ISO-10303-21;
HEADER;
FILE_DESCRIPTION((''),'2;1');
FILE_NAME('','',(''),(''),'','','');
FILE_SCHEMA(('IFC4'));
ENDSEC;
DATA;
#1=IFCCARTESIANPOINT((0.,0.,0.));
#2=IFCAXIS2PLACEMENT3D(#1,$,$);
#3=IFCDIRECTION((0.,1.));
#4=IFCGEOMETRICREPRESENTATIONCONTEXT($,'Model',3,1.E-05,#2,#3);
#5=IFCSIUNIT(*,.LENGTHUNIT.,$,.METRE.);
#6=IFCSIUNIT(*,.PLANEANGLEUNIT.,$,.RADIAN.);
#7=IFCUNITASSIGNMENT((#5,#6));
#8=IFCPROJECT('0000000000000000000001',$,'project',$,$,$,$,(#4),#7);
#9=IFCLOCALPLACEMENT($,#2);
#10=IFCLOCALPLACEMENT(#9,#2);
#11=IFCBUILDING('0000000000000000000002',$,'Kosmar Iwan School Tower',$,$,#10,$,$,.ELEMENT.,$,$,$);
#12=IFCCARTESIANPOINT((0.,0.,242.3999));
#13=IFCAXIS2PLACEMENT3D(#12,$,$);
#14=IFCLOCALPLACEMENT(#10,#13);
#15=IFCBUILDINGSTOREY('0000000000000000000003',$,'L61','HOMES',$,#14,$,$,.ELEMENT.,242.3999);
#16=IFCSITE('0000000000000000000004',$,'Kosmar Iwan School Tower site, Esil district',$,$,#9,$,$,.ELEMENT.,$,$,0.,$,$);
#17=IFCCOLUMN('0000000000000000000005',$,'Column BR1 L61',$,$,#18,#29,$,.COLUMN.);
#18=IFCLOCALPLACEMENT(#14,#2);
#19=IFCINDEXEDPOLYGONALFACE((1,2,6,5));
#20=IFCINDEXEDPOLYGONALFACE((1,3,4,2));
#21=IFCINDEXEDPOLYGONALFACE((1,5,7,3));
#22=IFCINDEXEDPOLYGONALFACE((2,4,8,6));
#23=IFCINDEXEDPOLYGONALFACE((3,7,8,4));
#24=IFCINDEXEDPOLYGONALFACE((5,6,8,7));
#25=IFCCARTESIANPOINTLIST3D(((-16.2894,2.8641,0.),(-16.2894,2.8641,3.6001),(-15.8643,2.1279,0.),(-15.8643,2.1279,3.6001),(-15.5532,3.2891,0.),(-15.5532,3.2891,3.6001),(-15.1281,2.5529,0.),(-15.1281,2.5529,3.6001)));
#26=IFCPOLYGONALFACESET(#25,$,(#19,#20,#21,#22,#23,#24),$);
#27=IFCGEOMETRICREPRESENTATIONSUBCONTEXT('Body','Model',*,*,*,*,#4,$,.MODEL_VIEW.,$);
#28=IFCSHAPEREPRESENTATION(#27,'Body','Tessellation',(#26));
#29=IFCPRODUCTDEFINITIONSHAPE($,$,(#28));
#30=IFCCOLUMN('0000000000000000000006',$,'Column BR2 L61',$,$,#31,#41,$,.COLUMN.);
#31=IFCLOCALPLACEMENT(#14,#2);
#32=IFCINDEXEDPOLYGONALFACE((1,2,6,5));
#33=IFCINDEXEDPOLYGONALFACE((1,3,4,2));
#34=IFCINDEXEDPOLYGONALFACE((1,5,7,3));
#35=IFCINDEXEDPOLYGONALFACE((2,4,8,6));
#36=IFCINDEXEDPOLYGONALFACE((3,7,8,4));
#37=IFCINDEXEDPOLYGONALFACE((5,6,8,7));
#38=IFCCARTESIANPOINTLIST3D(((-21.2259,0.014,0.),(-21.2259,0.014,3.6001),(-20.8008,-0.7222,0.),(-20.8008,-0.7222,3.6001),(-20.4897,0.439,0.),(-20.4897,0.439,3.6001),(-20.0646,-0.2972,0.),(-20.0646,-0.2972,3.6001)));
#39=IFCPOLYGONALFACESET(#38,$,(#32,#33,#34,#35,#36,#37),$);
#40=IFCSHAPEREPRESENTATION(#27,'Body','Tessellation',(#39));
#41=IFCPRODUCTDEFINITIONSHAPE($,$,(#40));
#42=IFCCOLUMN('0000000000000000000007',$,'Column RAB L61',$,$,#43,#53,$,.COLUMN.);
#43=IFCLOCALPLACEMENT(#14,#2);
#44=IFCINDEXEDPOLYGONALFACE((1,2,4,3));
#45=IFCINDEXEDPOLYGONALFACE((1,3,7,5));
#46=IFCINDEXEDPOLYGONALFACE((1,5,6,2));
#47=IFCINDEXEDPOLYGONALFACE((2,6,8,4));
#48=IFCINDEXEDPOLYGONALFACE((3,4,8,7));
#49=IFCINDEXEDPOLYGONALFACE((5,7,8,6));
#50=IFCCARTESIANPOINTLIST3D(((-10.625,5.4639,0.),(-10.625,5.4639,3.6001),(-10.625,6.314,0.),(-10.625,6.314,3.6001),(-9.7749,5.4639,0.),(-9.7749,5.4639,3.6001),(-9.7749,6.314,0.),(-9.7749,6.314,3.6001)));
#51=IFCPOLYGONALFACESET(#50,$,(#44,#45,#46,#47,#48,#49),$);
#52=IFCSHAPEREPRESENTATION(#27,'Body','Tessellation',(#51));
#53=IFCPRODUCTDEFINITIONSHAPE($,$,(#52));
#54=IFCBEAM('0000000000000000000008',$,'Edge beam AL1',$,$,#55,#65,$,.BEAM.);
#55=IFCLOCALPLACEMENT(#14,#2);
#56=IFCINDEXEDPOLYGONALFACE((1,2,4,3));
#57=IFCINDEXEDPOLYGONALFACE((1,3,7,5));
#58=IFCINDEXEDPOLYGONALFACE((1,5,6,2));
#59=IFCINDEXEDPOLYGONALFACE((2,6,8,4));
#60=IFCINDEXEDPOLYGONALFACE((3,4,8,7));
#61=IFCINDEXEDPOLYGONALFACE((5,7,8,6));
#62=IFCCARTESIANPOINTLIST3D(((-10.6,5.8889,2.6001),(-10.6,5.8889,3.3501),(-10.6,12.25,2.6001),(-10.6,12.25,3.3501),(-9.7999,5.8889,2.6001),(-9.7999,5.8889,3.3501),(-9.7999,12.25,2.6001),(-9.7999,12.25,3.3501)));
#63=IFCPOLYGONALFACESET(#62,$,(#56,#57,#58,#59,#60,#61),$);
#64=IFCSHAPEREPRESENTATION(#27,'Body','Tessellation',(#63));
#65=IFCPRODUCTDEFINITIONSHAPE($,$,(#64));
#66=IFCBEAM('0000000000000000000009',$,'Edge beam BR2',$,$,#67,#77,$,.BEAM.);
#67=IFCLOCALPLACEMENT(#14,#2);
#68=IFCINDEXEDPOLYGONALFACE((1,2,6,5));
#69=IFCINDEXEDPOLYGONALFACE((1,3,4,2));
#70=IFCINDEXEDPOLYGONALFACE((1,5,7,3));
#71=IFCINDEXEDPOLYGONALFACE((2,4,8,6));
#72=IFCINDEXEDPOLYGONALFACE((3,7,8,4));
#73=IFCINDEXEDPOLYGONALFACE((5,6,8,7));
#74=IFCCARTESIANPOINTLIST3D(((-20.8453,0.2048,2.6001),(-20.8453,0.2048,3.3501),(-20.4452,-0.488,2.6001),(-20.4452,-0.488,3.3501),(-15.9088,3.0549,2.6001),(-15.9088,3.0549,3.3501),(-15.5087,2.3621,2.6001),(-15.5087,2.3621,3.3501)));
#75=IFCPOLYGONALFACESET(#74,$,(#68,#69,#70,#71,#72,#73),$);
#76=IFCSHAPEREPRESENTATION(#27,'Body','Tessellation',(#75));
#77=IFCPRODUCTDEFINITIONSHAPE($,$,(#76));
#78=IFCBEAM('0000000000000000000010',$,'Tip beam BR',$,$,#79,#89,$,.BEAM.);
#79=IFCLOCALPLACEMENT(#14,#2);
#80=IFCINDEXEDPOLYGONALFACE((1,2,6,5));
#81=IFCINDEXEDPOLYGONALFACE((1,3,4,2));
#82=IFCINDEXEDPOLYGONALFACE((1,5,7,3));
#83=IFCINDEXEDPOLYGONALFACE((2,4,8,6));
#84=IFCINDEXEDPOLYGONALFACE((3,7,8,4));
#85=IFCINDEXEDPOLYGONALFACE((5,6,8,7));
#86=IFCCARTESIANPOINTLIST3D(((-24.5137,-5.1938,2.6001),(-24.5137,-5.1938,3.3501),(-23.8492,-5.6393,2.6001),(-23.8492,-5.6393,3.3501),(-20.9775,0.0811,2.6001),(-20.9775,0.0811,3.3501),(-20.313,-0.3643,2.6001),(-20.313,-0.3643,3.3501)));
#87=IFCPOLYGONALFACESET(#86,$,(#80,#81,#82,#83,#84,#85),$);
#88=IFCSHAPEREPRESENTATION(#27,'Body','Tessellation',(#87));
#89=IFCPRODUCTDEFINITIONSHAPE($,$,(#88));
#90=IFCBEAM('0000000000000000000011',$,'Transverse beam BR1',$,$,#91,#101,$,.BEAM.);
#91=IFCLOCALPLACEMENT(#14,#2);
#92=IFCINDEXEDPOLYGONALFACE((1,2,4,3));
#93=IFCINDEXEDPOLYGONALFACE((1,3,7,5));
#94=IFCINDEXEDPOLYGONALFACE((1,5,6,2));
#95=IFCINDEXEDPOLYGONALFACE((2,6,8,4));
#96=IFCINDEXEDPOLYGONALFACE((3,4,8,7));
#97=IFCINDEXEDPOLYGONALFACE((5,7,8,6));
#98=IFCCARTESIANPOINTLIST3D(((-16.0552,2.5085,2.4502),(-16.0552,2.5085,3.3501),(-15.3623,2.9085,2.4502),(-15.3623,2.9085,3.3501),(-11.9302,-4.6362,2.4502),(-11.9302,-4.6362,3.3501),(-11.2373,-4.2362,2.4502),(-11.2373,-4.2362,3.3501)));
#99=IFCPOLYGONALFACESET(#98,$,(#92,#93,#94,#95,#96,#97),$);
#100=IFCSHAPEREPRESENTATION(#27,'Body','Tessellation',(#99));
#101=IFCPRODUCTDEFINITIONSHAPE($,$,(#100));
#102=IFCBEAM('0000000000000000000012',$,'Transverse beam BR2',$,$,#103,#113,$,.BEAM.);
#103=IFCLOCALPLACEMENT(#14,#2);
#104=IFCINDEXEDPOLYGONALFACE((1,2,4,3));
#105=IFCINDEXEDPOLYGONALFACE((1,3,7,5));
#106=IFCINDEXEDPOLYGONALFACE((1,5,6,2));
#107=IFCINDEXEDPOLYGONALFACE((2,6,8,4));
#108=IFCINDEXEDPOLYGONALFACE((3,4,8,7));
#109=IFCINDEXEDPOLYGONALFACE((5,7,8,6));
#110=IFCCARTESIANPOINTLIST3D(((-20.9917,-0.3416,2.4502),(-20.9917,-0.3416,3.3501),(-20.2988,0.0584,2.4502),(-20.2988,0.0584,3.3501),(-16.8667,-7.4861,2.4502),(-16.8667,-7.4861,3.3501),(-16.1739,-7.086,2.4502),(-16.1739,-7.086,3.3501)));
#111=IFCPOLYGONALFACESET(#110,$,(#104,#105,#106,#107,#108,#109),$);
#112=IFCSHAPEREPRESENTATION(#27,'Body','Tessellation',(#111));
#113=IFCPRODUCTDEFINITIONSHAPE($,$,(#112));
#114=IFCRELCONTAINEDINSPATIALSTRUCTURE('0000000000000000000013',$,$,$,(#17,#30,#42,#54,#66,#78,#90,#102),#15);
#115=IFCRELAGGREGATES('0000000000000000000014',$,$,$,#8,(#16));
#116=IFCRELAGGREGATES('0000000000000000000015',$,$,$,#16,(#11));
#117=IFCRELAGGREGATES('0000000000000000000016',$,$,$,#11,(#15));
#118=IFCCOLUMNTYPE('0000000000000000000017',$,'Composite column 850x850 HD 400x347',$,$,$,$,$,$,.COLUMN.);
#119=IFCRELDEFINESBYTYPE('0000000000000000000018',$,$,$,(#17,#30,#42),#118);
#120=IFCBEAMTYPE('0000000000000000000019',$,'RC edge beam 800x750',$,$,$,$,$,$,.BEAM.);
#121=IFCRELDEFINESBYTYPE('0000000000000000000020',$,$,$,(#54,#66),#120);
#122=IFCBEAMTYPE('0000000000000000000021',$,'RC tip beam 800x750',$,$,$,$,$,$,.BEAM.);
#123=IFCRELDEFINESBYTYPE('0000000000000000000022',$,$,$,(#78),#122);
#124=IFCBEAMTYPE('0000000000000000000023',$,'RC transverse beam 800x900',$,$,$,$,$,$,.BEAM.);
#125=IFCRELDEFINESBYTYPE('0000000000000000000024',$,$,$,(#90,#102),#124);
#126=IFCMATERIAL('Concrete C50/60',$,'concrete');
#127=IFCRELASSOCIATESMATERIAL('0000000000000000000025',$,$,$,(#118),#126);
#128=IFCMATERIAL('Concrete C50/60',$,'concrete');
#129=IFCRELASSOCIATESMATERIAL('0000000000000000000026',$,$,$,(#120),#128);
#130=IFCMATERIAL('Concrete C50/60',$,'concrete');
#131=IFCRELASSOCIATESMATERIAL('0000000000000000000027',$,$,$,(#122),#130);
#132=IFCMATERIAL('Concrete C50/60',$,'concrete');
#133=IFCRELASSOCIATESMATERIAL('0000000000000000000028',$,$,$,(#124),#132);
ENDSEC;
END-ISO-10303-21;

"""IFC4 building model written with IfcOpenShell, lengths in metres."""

from ifc_helpers import new_model, si_unit, direction, frame, origin, origin_2d, place, context, subcontext, project, spatial, rectangle, extrude, material, material_profile, profile_set, type_object, element, save


model = new_model("IFC4")

# Units and contexts
model_context = context("Model", 3, precision=1e-05, world=origin(), true_north=direction((0.0, 1.0)))
body_context = subcontext(model_context, "Body", "Model", "MODEL_VIEW")
ifc_project = project(units=[si_unit("LENGTHUNIT", "METRE"), si_unit("PLANEANGLEUNIT", "RADIAN")], contexts=[model_context])

# Site, building, storey
site_placement = place(None, origin())
site = spatial("IfcSite", under=ifc_project, at=site_placement, Name="Kosmar Iwan School Tower site, Esil district", CompositionType="ELEMENT", RefElevation=0.0)
building_placement = place(site_placement, origin())
building = spatial("IfcBuilding", under=site, at=building_placement, Name="Kosmar Iwan School Tower", CompositionType="ELEMENT")
storey_placement = place(building_placement, frame((0.0, 0.0, 242.3999)))
storey = spatial("IfcBuildingStorey", under=building, at=storey_placement, Name="L61", Description="HOMES", CompositionType="ELEMENT", Elevation=242.3999)

# Columns
ifc_material_1 = material(Name="Concrete C50/60", Category="concrete")
ifc_material_profile_1 = material_profile(ifc_material_1, rectangle(XDim=0.8501, YDim=0.8501, at=origin_2d()), Name="RC 850x850 + HD 400x347")
ifc_profile_set_1 = profile_set([ifc_material_profile_1], Name="Concrete C50/60")
column_type = type_object("IfcColumnType", Name="Composite column 850x850 HD 400x347", PredefinedType="COLUMN", material=ifc_profile_set_1)
for number, where, z_axis, x_axis, name in (
    (1, (-15.7087, 2.7085, 0.0), (0.0, 0.0, 1.0), (-0.866025, -0.5, 0.0), "Column BR1 L61"),
    (2, (-20.6453, -0.1416, 0.0), (0.0, 0.0, 1.0), (-0.866025, -0.5, 0.0), "Column BR2 L61"),
    (3, (-10.2, 5.8889, 0.0), (0.0, 0.0, 1.0), (1.0, 0.0, 0.0), "Column RAB L61"),
):
    element("IfcColumn", number, at=place(storey_placement, frame(where, z_axis=z_axis, x_axis=x_axis)), inside=storey, type_object=column_type, Name=name, PredefinedType="COLUMN", context=body_context, shape_type="SweptSolid", body=[
        extrude(rectangle(XDim=0.8501, YDim=0.8501, at=origin_2d()), origin(), (0.0, 0.0, 1.0), 3.6001),
    ])

# Beams
ifc_material_2 = material(Name="Concrete C50/60", Category="concrete")
ifc_material_profile_2 = material_profile(ifc_material_2, rectangle(XDim=0.8, YDim=0.75, at=origin_2d()), Name="RC 800x750")
ifc_profile_set_2 = profile_set([ifc_material_profile_2], Name="Concrete C50/60")
beam_type_1 = type_object("IfcBeamType", Name="RC edge beam 800x750", PredefinedType="BEAM", material=ifc_profile_set_2)
beam_1_placement = place(storey_placement, frame((-10.2, 5.8889, 2.9751), z_axis=(0.0, 1.0, 0.0), x_axis=(-1.0, 0.0, 0.0)))
element("IfcBeam", 4, at=beam_1_placement, inside=storey, type_object=beam_type_1, Name="Edge beam AL1", PredefinedType="BEAM", context=body_context, shape_type="SweptSolid", body=[
    extrude(rectangle(XDim=0.8, YDim=0.75, at=origin_2d()), origin(), (0.0, 0.0, 1.0), 6.3611),
])
beam_2_placement = place(storey_placement, frame((-15.7087, 2.7085, 2.9751), z_axis=(-0.866026, -0.499999, 0.0), x_axis=(0.499999, -0.866026, 0.0)))
element("IfcBeam", 5, at=beam_2_placement, inside=storey, type_object=beam_type_1, Name="Edge beam BR2", PredefinedType="BEAM", context=body_context, shape_type="SweptSolid", body=[
    extrude(rectangle(XDim=0.8, YDim=0.75, at=origin_2d()), origin(), (0.0, 0.0, 1.0), 5.7002),
])
ifc_material_3 = material(Name="Concrete C50/60", Category="concrete")
ifc_material_profile_3 = material_profile(ifc_material_3, rectangle(XDim=0.8, YDim=0.75, at=origin_2d()), Name="RC 800x750")
ifc_profile_set_3 = profile_set([ifc_material_profile_3], Name="Concrete C50/60")
beam_type_2 = type_object("IfcBeamType", Name="RC tip beam 800x750", PredefinedType="BEAM", material=ifc_profile_set_3)
beam_3_placement = place(storey_placement, frame((-20.6453, -0.1416, 2.9751), z_axis=(-0.556828, -0.830628, 0.0), x_axis=(0.830628, -0.556828, 0.0)))
element("IfcBeam", 6, at=beam_3_placement, inside=storey, type_object=beam_type_2, Name="Tip beam BR", PredefinedType="BEAM", context=body_context, shape_type="SweptSolid", body=[
    extrude(rectangle(XDim=0.8, YDim=0.75, at=origin_2d()), origin(), (0.0, 0.0, 1.0), 6.3506),
])
ifc_material_4 = material(Name="Concrete C50/60", Category="concrete")
ifc_material_profile_4 = material_profile(ifc_material_4, rectangle(XDim=0.8, YDim=0.8999, at=origin_2d()), Name="RC 800x900")
ifc_profile_set_4 = profile_set([ifc_material_profile_4], Name="Concrete C50/60")
beam_type_3 = type_object("IfcBeamType", Name="RC transverse beam 800x900", PredefinedType="BEAM", material=ifc_profile_set_4)
beam_4_placement = place(storey_placement, frame((-15.7087, 2.7085, 2.9001), z_axis=(0.499997, -0.866027, 0.0), x_axis=(0.866027, 0.499997, 0.0)))
element("IfcBeam", 7, at=beam_4_placement, inside=storey, type_object=beam_type_3, Name="Transverse beam BR1", PredefinedType="BEAM", context=body_context, shape_type="SweptSolid", body=[
    extrude(rectangle(XDim=0.8, YDim=0.8999, at=origin_2d()), origin(), (0.0, 0.0, 1.0), 8.25),
])
beam_5_placement = place(storey_placement, frame((-20.6453, -0.1416, 2.9001), z_axis=(0.500009, -0.86602, 0.0), x_axis=(0.86602, 0.500009, 0.0)))
element("IfcBeam", 8, at=beam_5_placement, inside=storey, type_object=beam_type_3, Name="Transverse beam BR2", PredefinedType="BEAM", context=body_context, shape_type="SweptSolid", body=[
    extrude(rectangle(XDim=0.8, YDim=0.8999, at=origin_2d()), origin(), (0.0, 0.0, 1.0), 8.2498),
])

save(model, "model.ifc")
